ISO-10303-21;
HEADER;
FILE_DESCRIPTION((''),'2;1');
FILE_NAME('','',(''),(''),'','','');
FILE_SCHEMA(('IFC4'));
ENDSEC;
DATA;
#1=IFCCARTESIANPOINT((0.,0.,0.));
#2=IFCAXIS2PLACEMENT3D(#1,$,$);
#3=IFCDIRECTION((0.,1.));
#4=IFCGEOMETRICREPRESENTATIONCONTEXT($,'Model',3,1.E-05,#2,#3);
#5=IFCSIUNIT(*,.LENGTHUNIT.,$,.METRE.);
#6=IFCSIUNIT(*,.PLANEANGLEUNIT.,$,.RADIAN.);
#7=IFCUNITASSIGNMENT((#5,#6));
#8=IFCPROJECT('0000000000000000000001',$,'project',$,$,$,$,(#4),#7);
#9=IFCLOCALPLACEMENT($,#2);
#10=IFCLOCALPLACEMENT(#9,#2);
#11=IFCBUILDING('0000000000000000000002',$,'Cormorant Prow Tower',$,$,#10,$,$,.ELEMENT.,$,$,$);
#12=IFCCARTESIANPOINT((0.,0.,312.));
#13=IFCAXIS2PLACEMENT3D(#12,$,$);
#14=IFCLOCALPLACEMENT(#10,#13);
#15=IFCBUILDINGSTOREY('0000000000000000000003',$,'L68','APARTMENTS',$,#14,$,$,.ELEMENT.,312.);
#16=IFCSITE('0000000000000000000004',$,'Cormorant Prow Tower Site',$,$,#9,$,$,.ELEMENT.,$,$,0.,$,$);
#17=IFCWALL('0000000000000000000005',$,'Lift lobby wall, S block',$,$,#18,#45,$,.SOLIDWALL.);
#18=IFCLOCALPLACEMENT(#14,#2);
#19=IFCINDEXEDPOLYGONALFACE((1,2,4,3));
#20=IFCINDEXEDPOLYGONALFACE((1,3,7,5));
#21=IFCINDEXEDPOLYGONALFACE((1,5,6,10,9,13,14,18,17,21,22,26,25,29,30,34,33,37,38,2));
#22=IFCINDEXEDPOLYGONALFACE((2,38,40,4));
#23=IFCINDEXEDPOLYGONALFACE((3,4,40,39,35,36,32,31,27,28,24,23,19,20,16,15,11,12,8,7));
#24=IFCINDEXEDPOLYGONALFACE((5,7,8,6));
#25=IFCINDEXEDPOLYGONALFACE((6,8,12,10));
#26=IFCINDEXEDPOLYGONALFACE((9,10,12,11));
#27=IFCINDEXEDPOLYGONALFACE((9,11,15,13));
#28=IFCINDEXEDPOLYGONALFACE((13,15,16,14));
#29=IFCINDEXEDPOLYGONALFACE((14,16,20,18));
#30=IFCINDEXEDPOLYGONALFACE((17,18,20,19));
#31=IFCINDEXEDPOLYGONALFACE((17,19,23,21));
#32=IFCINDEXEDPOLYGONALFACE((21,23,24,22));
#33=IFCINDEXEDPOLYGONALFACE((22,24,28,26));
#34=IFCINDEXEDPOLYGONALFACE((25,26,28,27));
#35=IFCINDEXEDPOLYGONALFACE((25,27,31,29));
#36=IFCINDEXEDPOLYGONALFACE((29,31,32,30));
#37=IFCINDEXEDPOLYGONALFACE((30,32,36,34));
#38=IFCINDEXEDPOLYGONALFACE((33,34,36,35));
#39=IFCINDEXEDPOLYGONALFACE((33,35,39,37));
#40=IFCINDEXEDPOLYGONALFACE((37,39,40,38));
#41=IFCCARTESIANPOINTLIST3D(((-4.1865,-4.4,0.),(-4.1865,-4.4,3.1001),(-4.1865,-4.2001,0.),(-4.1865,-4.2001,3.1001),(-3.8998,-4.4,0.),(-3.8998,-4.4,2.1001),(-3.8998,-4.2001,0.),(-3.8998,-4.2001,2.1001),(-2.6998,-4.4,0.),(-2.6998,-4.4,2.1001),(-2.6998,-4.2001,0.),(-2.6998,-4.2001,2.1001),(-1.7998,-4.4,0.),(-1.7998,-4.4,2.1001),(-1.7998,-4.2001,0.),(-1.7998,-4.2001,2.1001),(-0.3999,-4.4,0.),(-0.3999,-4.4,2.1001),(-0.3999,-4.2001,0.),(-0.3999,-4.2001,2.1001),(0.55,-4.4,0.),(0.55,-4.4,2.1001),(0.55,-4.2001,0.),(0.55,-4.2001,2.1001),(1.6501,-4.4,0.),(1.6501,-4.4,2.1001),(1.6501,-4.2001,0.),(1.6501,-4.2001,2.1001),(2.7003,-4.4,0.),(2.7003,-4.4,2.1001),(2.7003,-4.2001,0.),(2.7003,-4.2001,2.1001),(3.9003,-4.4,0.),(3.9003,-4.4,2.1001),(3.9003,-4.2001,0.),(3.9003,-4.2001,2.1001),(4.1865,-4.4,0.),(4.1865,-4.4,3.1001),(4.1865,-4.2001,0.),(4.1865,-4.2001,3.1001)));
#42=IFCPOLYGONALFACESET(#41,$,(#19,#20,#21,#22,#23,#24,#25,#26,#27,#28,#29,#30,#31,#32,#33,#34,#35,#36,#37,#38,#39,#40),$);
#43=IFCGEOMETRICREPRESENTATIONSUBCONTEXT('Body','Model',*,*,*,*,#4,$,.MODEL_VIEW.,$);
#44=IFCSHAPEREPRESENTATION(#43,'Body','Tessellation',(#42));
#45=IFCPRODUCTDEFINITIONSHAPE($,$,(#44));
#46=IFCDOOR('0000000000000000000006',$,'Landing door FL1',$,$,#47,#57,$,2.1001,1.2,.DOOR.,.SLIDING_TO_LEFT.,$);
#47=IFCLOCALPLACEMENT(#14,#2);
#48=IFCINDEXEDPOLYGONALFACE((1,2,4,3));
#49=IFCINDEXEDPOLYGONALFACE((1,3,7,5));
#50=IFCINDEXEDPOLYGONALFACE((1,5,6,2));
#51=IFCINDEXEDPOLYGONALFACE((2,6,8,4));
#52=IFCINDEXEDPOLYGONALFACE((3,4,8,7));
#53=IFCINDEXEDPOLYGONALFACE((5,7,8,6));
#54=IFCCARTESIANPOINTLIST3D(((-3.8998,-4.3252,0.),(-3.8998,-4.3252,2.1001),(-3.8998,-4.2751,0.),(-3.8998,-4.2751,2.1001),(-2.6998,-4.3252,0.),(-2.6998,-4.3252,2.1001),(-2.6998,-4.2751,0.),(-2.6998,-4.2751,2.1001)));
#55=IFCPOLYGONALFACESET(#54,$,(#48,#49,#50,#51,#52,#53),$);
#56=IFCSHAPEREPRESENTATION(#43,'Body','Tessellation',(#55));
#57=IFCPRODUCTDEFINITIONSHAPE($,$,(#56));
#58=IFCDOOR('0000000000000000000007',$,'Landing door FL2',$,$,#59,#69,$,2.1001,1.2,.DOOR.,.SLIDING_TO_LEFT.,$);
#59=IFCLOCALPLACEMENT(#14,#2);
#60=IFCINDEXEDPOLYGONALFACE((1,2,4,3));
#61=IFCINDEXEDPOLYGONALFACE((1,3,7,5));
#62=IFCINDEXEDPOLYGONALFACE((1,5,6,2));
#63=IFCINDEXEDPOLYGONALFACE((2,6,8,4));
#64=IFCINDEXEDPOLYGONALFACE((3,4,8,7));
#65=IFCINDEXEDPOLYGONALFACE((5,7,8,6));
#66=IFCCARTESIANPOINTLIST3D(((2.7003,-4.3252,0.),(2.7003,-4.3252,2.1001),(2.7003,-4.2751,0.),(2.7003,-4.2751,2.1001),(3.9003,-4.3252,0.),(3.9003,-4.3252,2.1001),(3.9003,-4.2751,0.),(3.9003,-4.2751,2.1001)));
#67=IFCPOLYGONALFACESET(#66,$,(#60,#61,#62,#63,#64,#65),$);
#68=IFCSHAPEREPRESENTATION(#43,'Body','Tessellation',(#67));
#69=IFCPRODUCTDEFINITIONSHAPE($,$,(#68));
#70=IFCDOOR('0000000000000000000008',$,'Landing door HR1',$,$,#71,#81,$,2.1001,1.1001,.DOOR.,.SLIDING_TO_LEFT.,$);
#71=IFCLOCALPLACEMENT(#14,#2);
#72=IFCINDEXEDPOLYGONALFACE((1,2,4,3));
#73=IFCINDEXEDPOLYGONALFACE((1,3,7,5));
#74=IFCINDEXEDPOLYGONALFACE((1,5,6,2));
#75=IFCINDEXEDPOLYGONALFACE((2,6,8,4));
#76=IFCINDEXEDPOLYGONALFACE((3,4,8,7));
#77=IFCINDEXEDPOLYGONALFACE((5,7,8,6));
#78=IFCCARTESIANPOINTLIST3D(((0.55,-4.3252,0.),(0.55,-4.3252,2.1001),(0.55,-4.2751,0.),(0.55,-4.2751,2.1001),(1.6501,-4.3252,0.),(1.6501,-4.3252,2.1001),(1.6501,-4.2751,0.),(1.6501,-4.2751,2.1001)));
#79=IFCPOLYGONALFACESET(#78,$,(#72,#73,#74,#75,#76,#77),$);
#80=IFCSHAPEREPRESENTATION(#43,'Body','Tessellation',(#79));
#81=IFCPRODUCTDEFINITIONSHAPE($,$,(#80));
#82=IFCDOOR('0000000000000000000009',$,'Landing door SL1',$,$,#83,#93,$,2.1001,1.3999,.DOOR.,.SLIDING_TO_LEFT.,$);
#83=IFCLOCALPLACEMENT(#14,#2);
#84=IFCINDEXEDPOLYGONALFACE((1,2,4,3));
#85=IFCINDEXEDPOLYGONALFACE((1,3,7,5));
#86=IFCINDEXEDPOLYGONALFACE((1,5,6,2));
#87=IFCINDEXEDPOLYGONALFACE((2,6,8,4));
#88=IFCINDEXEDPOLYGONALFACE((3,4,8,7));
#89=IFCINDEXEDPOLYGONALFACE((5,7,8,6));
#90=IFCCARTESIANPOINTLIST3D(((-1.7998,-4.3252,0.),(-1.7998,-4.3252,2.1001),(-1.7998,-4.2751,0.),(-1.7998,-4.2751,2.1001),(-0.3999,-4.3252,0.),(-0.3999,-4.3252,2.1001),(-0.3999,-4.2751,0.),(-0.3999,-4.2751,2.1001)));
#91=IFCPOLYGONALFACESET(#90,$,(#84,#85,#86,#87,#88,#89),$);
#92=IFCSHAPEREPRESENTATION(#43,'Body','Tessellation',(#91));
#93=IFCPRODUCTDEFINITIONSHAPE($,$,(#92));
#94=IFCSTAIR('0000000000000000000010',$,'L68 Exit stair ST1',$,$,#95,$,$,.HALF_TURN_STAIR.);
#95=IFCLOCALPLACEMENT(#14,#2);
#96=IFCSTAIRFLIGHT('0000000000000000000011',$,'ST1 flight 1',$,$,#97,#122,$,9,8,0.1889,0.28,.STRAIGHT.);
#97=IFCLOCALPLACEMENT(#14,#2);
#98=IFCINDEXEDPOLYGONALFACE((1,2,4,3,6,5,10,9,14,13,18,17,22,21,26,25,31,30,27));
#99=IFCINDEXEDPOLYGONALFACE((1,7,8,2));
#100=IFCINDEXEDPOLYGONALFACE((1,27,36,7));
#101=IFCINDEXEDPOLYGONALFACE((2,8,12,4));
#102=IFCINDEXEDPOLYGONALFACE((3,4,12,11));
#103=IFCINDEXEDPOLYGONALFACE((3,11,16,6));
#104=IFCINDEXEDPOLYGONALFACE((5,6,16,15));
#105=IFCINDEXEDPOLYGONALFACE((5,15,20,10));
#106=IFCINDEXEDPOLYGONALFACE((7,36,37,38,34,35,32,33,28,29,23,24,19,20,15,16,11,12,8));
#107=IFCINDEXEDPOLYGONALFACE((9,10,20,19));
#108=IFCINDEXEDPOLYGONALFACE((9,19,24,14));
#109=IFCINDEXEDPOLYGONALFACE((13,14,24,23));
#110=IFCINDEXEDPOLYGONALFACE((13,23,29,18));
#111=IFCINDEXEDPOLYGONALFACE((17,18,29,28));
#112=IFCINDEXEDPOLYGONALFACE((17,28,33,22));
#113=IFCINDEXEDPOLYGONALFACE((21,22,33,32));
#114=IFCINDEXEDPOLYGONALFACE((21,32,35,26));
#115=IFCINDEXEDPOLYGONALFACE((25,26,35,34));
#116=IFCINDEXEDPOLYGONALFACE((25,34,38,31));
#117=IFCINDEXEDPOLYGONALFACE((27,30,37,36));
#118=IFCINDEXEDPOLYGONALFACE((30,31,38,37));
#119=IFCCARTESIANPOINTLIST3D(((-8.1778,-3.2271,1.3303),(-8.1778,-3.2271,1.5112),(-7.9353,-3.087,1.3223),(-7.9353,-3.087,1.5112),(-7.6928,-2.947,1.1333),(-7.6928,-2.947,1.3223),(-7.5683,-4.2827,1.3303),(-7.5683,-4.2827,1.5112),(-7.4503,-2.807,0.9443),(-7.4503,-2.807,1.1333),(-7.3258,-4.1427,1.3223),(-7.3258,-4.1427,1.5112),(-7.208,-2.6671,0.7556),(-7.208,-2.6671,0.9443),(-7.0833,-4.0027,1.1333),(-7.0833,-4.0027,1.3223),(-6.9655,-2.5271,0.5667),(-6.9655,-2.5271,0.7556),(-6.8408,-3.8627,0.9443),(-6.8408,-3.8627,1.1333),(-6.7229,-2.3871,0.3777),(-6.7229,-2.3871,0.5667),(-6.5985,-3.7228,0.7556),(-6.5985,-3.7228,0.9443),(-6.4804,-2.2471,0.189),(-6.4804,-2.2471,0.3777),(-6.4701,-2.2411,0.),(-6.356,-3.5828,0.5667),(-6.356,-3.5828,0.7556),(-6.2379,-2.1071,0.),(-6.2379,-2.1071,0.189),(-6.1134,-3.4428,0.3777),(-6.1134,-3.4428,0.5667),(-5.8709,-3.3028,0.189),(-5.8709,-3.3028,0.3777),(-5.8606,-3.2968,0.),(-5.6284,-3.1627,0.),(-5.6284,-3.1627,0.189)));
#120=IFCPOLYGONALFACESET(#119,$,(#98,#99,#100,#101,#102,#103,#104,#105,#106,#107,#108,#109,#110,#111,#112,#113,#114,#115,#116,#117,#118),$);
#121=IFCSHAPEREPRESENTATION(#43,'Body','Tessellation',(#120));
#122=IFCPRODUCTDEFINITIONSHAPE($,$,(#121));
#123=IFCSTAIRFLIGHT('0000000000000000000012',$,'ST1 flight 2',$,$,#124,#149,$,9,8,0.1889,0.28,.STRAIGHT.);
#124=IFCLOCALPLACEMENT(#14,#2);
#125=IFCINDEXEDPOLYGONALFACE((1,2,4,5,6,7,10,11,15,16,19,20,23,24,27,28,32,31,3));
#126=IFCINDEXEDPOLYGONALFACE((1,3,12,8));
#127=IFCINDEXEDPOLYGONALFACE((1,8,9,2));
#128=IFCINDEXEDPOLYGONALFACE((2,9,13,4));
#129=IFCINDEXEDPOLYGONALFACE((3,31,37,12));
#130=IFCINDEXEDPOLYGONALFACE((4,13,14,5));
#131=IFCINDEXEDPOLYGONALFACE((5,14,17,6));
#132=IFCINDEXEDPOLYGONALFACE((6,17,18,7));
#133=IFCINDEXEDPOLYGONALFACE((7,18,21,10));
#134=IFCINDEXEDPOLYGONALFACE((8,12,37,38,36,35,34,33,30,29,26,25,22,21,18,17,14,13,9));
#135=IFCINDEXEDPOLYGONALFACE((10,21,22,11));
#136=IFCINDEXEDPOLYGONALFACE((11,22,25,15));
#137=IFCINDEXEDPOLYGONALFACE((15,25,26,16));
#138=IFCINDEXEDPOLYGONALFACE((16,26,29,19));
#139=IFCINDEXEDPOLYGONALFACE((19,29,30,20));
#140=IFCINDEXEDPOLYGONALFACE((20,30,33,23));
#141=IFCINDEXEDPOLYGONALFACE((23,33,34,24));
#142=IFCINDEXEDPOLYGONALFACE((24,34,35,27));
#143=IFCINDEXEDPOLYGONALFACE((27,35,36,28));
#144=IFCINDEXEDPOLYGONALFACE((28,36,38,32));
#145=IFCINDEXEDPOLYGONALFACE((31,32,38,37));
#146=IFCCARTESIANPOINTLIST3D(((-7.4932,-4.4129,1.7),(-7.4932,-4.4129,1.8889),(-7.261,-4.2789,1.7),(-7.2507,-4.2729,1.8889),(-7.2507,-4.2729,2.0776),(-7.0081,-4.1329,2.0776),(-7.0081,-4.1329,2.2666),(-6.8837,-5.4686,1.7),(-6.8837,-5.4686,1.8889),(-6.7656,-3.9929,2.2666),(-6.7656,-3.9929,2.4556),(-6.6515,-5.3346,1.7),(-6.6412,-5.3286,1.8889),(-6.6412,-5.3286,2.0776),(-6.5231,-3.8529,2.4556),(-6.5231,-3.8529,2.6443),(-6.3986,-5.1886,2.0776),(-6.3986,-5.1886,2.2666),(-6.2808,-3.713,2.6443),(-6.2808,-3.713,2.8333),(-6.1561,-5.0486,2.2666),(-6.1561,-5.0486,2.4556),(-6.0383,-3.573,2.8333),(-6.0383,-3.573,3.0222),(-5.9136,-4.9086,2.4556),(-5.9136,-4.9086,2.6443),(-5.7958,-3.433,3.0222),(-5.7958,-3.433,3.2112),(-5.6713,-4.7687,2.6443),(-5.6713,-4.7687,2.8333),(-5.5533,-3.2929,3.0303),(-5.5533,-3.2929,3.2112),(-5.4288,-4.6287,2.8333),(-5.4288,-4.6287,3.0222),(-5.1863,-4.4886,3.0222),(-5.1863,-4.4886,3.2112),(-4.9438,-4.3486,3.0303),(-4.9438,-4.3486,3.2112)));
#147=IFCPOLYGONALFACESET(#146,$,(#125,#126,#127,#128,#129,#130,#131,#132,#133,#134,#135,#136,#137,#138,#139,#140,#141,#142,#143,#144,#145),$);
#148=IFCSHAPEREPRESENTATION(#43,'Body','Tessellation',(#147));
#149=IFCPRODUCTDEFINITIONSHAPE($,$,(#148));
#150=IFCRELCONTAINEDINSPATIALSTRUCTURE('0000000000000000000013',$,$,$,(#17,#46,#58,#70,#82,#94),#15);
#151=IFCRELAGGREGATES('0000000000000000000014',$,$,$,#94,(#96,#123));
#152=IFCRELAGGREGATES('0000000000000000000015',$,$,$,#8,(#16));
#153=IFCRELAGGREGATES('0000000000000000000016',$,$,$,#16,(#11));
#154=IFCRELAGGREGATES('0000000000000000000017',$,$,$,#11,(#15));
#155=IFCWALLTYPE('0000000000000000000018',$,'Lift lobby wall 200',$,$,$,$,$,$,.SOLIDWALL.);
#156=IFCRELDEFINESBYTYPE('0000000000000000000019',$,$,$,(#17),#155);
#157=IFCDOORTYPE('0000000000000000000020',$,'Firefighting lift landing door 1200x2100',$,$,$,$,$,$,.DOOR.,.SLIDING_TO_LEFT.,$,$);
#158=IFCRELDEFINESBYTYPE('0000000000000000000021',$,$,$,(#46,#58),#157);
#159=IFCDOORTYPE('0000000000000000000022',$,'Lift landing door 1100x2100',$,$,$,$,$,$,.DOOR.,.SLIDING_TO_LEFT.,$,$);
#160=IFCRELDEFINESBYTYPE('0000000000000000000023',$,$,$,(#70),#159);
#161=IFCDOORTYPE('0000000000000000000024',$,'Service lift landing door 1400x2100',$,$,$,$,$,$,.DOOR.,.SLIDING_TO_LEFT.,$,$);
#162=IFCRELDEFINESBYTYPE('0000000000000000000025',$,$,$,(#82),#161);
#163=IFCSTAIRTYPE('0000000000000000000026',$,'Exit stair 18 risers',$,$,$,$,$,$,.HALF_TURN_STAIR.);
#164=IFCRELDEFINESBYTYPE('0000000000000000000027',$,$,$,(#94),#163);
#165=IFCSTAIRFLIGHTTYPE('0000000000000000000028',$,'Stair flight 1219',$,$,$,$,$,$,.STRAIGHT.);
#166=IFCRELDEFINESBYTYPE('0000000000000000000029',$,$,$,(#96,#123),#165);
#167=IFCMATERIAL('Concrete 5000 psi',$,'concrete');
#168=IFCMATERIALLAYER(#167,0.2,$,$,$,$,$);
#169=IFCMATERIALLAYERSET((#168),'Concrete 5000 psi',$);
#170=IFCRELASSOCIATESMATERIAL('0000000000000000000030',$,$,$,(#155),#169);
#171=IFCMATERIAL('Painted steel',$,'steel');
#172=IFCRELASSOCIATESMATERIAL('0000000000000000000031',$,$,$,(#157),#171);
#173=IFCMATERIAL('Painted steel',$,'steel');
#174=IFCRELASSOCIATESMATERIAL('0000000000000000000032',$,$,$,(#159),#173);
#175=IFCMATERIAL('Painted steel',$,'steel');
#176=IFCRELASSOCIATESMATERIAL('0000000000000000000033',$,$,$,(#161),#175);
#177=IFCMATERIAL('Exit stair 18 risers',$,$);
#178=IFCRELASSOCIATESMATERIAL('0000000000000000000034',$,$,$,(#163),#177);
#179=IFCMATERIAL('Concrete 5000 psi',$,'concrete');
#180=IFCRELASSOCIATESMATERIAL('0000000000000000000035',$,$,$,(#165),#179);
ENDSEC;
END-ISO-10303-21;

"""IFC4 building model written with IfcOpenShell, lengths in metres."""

from ifc_helpers import new_model, si_unit, direction, frame, frame_2d, origin, place, context, subcontext, project, spatial, polyline, rectangle, outline, extrude, material, layer, layer_set, type_object, element, fill, aggregate, save


model = new_model("IFC4")

# Units and contexts
model_context = context("Model", 3, precision=1e-05, world=origin(), true_north=direction((0.0, 1.0)))
body_context = subcontext(model_context, "Body", "Model", "MODEL_VIEW")
ifc_project = project(units=[si_unit("LENGTHUNIT", "METRE"), si_unit("PLANEANGLEUNIT", "RADIAN")], contexts=[model_context])

# Site, building, storey
site_placement = place(None, origin())
site = spatial("IfcSite", under=ifc_project, at=site_placement, Name="Cormorant Prow Tower Site", CompositionType="ELEMENT", RefElevation=0.0)
building_placement = place(site_placement, origin())
building = spatial("IfcBuilding", under=site, at=building_placement, Name="Cormorant Prow Tower", CompositionType="ELEMENT")
storey_placement = place(building_placement, frame((0.0, 0.0, 312.0)))
storey = spatial("IfcBuildingStorey", under=building, at=storey_placement, Name="L68", Description="APARTMENTS", CompositionType="ELEMENT", Elevation=312.0)

# Wall, openings, doors
ifc_material_1 = material(Name="Concrete 5000 psi", Category="concrete")
ifc_layer_1 = layer(ifc_material_1, 0.2)
ifc_layer_set_1 = layer_set([ifc_layer_1], Name="Concrete 5000 psi")
wall_type_1 = type_object("IfcWallType", Name="Lift lobby wall 200", PredefinedType="SOLIDWALL", material=ifc_layer_set_1)
wall_1_placement = place(storey_placement, frame((-4.1865, -4.3, 0.0), z_axis=(0.0, 0.0, 1.0), x_axis=(1.0, 0.0, 0.0)))
wall_1 = element("IfcWall", 1, at=wall_1_placement, inside=storey, type_object=wall_type_1, Name="Lift lobby wall, S block", PredefinedType="SOLIDWALL", context=body_context, shape_type="SweptSolid", body=[
    extrude(rectangle(XDim=8.373, YDim=0.2, at=frame_2d((4.1865, 0.0))), origin(), (0.0, 0.0, 1.0), 3.1001),
])
opening_1_placement = place(wall_1_placement, frame((0.2866, 0.0, 0.0)))
opening_1 = element("IfcOpeningElement", 2, at=opening_1_placement, cuts=wall_1, PredefinedType="OPENING", context=body_context, shape_type="SweptSolid", body=[
    extrude(rectangle(XDim=1.2, YDim=2.1001, at=frame_2d((0.6001, 1.05))), frame((0.0, 0.1099, 0.0), z_axis=(0.0, -1.0, 0.0), x_axis=(1.0, 0.0, 0.0)), (0.0, 0.0, 1.0), 0.22),
])
opening_2_placement = place(wall_1_placement, frame((2.3867, 0.0, 0.0)))
opening_2 = element("IfcOpeningElement", 3, at=opening_2_placement, cuts=wall_1, PredefinedType="OPENING", context=body_context, shape_type="SweptSolid", body=[
    extrude(rectangle(XDim=1.3999, YDim=2.1001, at=frame_2d((0.7, 1.05))), frame((0.0, 0.1099, 0.0), z_axis=(0.0, -1.0, 0.0), x_axis=(1.0, 0.0, 0.0)), (0.0, 0.0, 1.0), 0.22),
])
opening_3_placement = place(wall_1_placement, frame((4.7366, 0.0, 0.0)))
opening_3 = element("IfcOpeningElement", 4, at=opening_3_placement, cuts=wall_1, PredefinedType="OPENING", context=body_context, shape_type="SweptSolid", body=[
    extrude(rectangle(XDim=1.1001, YDim=2.1001, at=frame_2d((0.55, 1.05))), frame((0.0, 0.1099, 0.0), z_axis=(0.0, -1.0, 0.0), x_axis=(1.0, 0.0, 0.0)), (0.0, 0.0, 1.0), 0.22),
])
opening_4_placement = place(wall_1_placement, frame((6.8867, 0.0, 0.0)))
opening_4 = element("IfcOpeningElement", 5, at=opening_4_placement, cuts=wall_1, PredefinedType="OPENING", context=body_context, shape_type="SweptSolid", body=[
    extrude(rectangle(XDim=1.2, YDim=2.1001, at=frame_2d((0.6001, 1.05))), frame((0.0, 0.1099, 0.0), z_axis=(0.0, -1.0, 0.0), x_axis=(1.0, 0.0, 0.0)), (0.0, 0.0, 1.0), 0.22),
])
ifc_material_2 = material(Name="Painted steel", Category="steel")
door_type_1 = type_object("IfcDoorType", Name="Firefighting lift landing door 1200x2100", OperationType="SLIDING_TO_LEFT", PredefinedType="DOOR", material=ifc_material_2)
door_1_placement = place(opening_1_placement, origin())
door_1 = element("IfcDoor", 6, at=door_1_placement, inside=storey, type_object=door_type_1, Name="Landing door FL1", OperationType="SLIDING_TO_LEFT", OverallHeight=2.1001, OverallWidth=1.2, PredefinedType="DOOR", context=body_context, shape_type="SweptSolid", body=[
    extrude(rectangle(XDim=1.2, YDim=2.1001, at=frame_2d((0.6001, 1.05))), frame((0.0, 0.0249, 0.0), z_axis=(0.0, -1.0, 0.0), x_axis=(1.0, 0.0, 0.0)), (0.0, 0.0, 1.0), 0.05),
])
fill(opening_1, door_1)
door_2_placement = place(opening_4_placement, origin())
door_2 = element("IfcDoor", 7, at=door_2_placement, inside=storey, type_object=door_type_1, Name="Landing door FL2", OperationType="SLIDING_TO_LEFT", OverallHeight=2.1001, OverallWidth=1.2, PredefinedType="DOOR", context=body_context, shape_type="SweptSolid", body=[
    extrude(rectangle(XDim=1.2, YDim=2.1001, at=frame_2d((0.6001, 1.05))), frame((0.0, 0.0249, 0.0), z_axis=(0.0, -1.0, 0.0), x_axis=(1.0, 0.0, 0.0)), (0.0, 0.0, 1.0), 0.05),
])
fill(opening_4, door_2)
ifc_material_3 = material(Name="Painted steel", Category="steel")
door_type_2 = type_object("IfcDoorType", Name="Lift landing door 1100x2100", OperationType="SLIDING_TO_LEFT", PredefinedType="DOOR", material=ifc_material_3)
door_3_placement = place(opening_3_placement, origin())
door_3 = element("IfcDoor", 8, at=door_3_placement, inside=storey, type_object=door_type_2, Name="Landing door HR1", OperationType="SLIDING_TO_LEFT", OverallHeight=2.1001, OverallWidth=1.1001, PredefinedType="DOOR", context=body_context, shape_type="SweptSolid", body=[
    extrude(rectangle(XDim=1.1001, YDim=2.1001, at=frame_2d((0.55, 1.05))), frame((0.0, 0.0249, 0.0), z_axis=(0.0, -1.0, 0.0), x_axis=(1.0, 0.0, 0.0)), (0.0, 0.0, 1.0), 0.05),
])
fill(opening_3, door_3)
ifc_material_4 = material(Name="Painted steel", Category="steel")
door_type_3 = type_object("IfcDoorType", Name="Service lift landing door 1400x2100", OperationType="SLIDING_TO_LEFT", PredefinedType="DOOR", material=ifc_material_4)
door_4_placement = place(opening_2_placement, origin())
door_4 = element("IfcDoor", 9, at=door_4_placement, inside=storey, type_object=door_type_3, Name="Landing door SL1", OperationType="SLIDING_TO_LEFT", OverallHeight=2.1001, OverallWidth=1.3999, PredefinedType="DOOR", context=body_context, shape_type="SweptSolid", body=[
    extrude(rectangle(XDim=1.3999, YDim=2.1001, at=frame_2d((0.7, 1.05))), frame((0.0, 0.0249, 0.0), z_axis=(0.0, -1.0, 0.0), x_axis=(1.0, 0.0, 0.0)), (0.0, 0.0, 1.0), 0.05),
])
fill(opening_2, door_4)

# Stair, stair flights
ifc_material_5 = material(Name="Exit stair 18 risers")
stair_type = type_object("IfcStairType", Name="Exit stair 18 risers", PredefinedType="HALF_TURN_STAIR", material=ifc_material_5)
stair_placement = place(storey_placement, origin())
stair = element("IfcStair", 10, at=stair_placement, inside=storey, type_object=stair_type, Name="L68 Exit stair ST1", PredefinedType="HALF_TURN_STAIR")
ifc_material_6 = material(Name="Concrete 5000 psi", Category="concrete")
stair_flight_type = type_object("IfcStairFlightType", Name="Stair flight 1219", PredefinedType="STRAIGHT", material=ifc_material_6)
stair_flight_1_placement = place(storey_placement, frame((-5.9331, -2.635, 0.0), z_axis=(0.0, 0.0, 1.0), x_axis=(-0.866025, -0.5, 0.0)))
stair_flight_1 = element("IfcStairFlight", 11, at=stair_flight_1_placement, type_object=stair_flight_type, Name="ST1 flight 1", NumberOfRisers=9, NumberOfTreads=8, PredefinedType="STRAIGHT", RiserHeight=0.1889, TreadLength=0.28, context=body_context, shape_type="SweptSolid", body=[
    extrude(outline(polyline([(0.0, 0.0), (0.0, 0.189), (0.28, 0.189), (0.28, 0.3777), (0.5601, 0.3777), (0.5601, 0.5667), (0.8401, 0.5667), (0.8401, 0.7556), (1.1201, 0.7556), (1.1201, 0.9443), (1.3999, 0.9443), (1.3999, 1.1333), (1.6799, 1.1333), (1.6799, 1.3223), (1.96, 1.3223), (1.96, 1.5112), (2.24, 1.5112), (2.24, 1.7), (2.24, 1.3303), (0.2681, 0.0), (0.0, 0.0)])), frame((0.0, 0.6094, 0.0), z_axis=(0.0, -1.0, 0.0), x_axis=(1.0, 0.0, 0.0)), (0.0, 0.0, 1.0), 1.219),
])
stair_flight_2_placement = place(storey_placement, frame((-7.1885, -4.9407, 1.7), z_axis=(0.0, 0.0, 1.0), x_axis=(0.866025, 0.5, 0.0)))
stair_flight_2 = element("IfcStairFlight", 12, at=stair_flight_2_placement, type_object=stair_flight_type, Name="ST1 flight 2", NumberOfRisers=9, NumberOfTreads=8, PredefinedType="STRAIGHT", RiserHeight=0.1889, TreadLength=0.28, context=body_context, shape_type="SweptSolid", body=[
    extrude(outline(polyline([(0.0, 0.0), (0.0, 0.189), (0.28, 0.189), (0.28, 0.3777), (0.5601, 0.3777), (0.5601, 0.5667), (0.8401, 0.5667), (0.8401, 0.7556), (1.1201, 0.7556), (1.1201, 0.9443), (1.3999, 0.9443), (1.3999, 1.1333), (1.6799, 1.1333), (1.6799, 1.3223), (1.96, 1.3223), (1.96, 1.5112), (2.24, 1.5112), (2.24, 1.7), (2.24, 1.3303), (0.2681, 0.0), (0.0, 0.0)])), frame((0.0, 0.6094, 0.0), z_axis=(0.0, -1.0, 0.0), x_axis=(1.0, 0.0, 0.0)), (0.0, 0.0, 1.0), 1.219),
])
aggregate(stair, [stair_flight_1, stair_flight_2])

save(model, "model.ifc")
